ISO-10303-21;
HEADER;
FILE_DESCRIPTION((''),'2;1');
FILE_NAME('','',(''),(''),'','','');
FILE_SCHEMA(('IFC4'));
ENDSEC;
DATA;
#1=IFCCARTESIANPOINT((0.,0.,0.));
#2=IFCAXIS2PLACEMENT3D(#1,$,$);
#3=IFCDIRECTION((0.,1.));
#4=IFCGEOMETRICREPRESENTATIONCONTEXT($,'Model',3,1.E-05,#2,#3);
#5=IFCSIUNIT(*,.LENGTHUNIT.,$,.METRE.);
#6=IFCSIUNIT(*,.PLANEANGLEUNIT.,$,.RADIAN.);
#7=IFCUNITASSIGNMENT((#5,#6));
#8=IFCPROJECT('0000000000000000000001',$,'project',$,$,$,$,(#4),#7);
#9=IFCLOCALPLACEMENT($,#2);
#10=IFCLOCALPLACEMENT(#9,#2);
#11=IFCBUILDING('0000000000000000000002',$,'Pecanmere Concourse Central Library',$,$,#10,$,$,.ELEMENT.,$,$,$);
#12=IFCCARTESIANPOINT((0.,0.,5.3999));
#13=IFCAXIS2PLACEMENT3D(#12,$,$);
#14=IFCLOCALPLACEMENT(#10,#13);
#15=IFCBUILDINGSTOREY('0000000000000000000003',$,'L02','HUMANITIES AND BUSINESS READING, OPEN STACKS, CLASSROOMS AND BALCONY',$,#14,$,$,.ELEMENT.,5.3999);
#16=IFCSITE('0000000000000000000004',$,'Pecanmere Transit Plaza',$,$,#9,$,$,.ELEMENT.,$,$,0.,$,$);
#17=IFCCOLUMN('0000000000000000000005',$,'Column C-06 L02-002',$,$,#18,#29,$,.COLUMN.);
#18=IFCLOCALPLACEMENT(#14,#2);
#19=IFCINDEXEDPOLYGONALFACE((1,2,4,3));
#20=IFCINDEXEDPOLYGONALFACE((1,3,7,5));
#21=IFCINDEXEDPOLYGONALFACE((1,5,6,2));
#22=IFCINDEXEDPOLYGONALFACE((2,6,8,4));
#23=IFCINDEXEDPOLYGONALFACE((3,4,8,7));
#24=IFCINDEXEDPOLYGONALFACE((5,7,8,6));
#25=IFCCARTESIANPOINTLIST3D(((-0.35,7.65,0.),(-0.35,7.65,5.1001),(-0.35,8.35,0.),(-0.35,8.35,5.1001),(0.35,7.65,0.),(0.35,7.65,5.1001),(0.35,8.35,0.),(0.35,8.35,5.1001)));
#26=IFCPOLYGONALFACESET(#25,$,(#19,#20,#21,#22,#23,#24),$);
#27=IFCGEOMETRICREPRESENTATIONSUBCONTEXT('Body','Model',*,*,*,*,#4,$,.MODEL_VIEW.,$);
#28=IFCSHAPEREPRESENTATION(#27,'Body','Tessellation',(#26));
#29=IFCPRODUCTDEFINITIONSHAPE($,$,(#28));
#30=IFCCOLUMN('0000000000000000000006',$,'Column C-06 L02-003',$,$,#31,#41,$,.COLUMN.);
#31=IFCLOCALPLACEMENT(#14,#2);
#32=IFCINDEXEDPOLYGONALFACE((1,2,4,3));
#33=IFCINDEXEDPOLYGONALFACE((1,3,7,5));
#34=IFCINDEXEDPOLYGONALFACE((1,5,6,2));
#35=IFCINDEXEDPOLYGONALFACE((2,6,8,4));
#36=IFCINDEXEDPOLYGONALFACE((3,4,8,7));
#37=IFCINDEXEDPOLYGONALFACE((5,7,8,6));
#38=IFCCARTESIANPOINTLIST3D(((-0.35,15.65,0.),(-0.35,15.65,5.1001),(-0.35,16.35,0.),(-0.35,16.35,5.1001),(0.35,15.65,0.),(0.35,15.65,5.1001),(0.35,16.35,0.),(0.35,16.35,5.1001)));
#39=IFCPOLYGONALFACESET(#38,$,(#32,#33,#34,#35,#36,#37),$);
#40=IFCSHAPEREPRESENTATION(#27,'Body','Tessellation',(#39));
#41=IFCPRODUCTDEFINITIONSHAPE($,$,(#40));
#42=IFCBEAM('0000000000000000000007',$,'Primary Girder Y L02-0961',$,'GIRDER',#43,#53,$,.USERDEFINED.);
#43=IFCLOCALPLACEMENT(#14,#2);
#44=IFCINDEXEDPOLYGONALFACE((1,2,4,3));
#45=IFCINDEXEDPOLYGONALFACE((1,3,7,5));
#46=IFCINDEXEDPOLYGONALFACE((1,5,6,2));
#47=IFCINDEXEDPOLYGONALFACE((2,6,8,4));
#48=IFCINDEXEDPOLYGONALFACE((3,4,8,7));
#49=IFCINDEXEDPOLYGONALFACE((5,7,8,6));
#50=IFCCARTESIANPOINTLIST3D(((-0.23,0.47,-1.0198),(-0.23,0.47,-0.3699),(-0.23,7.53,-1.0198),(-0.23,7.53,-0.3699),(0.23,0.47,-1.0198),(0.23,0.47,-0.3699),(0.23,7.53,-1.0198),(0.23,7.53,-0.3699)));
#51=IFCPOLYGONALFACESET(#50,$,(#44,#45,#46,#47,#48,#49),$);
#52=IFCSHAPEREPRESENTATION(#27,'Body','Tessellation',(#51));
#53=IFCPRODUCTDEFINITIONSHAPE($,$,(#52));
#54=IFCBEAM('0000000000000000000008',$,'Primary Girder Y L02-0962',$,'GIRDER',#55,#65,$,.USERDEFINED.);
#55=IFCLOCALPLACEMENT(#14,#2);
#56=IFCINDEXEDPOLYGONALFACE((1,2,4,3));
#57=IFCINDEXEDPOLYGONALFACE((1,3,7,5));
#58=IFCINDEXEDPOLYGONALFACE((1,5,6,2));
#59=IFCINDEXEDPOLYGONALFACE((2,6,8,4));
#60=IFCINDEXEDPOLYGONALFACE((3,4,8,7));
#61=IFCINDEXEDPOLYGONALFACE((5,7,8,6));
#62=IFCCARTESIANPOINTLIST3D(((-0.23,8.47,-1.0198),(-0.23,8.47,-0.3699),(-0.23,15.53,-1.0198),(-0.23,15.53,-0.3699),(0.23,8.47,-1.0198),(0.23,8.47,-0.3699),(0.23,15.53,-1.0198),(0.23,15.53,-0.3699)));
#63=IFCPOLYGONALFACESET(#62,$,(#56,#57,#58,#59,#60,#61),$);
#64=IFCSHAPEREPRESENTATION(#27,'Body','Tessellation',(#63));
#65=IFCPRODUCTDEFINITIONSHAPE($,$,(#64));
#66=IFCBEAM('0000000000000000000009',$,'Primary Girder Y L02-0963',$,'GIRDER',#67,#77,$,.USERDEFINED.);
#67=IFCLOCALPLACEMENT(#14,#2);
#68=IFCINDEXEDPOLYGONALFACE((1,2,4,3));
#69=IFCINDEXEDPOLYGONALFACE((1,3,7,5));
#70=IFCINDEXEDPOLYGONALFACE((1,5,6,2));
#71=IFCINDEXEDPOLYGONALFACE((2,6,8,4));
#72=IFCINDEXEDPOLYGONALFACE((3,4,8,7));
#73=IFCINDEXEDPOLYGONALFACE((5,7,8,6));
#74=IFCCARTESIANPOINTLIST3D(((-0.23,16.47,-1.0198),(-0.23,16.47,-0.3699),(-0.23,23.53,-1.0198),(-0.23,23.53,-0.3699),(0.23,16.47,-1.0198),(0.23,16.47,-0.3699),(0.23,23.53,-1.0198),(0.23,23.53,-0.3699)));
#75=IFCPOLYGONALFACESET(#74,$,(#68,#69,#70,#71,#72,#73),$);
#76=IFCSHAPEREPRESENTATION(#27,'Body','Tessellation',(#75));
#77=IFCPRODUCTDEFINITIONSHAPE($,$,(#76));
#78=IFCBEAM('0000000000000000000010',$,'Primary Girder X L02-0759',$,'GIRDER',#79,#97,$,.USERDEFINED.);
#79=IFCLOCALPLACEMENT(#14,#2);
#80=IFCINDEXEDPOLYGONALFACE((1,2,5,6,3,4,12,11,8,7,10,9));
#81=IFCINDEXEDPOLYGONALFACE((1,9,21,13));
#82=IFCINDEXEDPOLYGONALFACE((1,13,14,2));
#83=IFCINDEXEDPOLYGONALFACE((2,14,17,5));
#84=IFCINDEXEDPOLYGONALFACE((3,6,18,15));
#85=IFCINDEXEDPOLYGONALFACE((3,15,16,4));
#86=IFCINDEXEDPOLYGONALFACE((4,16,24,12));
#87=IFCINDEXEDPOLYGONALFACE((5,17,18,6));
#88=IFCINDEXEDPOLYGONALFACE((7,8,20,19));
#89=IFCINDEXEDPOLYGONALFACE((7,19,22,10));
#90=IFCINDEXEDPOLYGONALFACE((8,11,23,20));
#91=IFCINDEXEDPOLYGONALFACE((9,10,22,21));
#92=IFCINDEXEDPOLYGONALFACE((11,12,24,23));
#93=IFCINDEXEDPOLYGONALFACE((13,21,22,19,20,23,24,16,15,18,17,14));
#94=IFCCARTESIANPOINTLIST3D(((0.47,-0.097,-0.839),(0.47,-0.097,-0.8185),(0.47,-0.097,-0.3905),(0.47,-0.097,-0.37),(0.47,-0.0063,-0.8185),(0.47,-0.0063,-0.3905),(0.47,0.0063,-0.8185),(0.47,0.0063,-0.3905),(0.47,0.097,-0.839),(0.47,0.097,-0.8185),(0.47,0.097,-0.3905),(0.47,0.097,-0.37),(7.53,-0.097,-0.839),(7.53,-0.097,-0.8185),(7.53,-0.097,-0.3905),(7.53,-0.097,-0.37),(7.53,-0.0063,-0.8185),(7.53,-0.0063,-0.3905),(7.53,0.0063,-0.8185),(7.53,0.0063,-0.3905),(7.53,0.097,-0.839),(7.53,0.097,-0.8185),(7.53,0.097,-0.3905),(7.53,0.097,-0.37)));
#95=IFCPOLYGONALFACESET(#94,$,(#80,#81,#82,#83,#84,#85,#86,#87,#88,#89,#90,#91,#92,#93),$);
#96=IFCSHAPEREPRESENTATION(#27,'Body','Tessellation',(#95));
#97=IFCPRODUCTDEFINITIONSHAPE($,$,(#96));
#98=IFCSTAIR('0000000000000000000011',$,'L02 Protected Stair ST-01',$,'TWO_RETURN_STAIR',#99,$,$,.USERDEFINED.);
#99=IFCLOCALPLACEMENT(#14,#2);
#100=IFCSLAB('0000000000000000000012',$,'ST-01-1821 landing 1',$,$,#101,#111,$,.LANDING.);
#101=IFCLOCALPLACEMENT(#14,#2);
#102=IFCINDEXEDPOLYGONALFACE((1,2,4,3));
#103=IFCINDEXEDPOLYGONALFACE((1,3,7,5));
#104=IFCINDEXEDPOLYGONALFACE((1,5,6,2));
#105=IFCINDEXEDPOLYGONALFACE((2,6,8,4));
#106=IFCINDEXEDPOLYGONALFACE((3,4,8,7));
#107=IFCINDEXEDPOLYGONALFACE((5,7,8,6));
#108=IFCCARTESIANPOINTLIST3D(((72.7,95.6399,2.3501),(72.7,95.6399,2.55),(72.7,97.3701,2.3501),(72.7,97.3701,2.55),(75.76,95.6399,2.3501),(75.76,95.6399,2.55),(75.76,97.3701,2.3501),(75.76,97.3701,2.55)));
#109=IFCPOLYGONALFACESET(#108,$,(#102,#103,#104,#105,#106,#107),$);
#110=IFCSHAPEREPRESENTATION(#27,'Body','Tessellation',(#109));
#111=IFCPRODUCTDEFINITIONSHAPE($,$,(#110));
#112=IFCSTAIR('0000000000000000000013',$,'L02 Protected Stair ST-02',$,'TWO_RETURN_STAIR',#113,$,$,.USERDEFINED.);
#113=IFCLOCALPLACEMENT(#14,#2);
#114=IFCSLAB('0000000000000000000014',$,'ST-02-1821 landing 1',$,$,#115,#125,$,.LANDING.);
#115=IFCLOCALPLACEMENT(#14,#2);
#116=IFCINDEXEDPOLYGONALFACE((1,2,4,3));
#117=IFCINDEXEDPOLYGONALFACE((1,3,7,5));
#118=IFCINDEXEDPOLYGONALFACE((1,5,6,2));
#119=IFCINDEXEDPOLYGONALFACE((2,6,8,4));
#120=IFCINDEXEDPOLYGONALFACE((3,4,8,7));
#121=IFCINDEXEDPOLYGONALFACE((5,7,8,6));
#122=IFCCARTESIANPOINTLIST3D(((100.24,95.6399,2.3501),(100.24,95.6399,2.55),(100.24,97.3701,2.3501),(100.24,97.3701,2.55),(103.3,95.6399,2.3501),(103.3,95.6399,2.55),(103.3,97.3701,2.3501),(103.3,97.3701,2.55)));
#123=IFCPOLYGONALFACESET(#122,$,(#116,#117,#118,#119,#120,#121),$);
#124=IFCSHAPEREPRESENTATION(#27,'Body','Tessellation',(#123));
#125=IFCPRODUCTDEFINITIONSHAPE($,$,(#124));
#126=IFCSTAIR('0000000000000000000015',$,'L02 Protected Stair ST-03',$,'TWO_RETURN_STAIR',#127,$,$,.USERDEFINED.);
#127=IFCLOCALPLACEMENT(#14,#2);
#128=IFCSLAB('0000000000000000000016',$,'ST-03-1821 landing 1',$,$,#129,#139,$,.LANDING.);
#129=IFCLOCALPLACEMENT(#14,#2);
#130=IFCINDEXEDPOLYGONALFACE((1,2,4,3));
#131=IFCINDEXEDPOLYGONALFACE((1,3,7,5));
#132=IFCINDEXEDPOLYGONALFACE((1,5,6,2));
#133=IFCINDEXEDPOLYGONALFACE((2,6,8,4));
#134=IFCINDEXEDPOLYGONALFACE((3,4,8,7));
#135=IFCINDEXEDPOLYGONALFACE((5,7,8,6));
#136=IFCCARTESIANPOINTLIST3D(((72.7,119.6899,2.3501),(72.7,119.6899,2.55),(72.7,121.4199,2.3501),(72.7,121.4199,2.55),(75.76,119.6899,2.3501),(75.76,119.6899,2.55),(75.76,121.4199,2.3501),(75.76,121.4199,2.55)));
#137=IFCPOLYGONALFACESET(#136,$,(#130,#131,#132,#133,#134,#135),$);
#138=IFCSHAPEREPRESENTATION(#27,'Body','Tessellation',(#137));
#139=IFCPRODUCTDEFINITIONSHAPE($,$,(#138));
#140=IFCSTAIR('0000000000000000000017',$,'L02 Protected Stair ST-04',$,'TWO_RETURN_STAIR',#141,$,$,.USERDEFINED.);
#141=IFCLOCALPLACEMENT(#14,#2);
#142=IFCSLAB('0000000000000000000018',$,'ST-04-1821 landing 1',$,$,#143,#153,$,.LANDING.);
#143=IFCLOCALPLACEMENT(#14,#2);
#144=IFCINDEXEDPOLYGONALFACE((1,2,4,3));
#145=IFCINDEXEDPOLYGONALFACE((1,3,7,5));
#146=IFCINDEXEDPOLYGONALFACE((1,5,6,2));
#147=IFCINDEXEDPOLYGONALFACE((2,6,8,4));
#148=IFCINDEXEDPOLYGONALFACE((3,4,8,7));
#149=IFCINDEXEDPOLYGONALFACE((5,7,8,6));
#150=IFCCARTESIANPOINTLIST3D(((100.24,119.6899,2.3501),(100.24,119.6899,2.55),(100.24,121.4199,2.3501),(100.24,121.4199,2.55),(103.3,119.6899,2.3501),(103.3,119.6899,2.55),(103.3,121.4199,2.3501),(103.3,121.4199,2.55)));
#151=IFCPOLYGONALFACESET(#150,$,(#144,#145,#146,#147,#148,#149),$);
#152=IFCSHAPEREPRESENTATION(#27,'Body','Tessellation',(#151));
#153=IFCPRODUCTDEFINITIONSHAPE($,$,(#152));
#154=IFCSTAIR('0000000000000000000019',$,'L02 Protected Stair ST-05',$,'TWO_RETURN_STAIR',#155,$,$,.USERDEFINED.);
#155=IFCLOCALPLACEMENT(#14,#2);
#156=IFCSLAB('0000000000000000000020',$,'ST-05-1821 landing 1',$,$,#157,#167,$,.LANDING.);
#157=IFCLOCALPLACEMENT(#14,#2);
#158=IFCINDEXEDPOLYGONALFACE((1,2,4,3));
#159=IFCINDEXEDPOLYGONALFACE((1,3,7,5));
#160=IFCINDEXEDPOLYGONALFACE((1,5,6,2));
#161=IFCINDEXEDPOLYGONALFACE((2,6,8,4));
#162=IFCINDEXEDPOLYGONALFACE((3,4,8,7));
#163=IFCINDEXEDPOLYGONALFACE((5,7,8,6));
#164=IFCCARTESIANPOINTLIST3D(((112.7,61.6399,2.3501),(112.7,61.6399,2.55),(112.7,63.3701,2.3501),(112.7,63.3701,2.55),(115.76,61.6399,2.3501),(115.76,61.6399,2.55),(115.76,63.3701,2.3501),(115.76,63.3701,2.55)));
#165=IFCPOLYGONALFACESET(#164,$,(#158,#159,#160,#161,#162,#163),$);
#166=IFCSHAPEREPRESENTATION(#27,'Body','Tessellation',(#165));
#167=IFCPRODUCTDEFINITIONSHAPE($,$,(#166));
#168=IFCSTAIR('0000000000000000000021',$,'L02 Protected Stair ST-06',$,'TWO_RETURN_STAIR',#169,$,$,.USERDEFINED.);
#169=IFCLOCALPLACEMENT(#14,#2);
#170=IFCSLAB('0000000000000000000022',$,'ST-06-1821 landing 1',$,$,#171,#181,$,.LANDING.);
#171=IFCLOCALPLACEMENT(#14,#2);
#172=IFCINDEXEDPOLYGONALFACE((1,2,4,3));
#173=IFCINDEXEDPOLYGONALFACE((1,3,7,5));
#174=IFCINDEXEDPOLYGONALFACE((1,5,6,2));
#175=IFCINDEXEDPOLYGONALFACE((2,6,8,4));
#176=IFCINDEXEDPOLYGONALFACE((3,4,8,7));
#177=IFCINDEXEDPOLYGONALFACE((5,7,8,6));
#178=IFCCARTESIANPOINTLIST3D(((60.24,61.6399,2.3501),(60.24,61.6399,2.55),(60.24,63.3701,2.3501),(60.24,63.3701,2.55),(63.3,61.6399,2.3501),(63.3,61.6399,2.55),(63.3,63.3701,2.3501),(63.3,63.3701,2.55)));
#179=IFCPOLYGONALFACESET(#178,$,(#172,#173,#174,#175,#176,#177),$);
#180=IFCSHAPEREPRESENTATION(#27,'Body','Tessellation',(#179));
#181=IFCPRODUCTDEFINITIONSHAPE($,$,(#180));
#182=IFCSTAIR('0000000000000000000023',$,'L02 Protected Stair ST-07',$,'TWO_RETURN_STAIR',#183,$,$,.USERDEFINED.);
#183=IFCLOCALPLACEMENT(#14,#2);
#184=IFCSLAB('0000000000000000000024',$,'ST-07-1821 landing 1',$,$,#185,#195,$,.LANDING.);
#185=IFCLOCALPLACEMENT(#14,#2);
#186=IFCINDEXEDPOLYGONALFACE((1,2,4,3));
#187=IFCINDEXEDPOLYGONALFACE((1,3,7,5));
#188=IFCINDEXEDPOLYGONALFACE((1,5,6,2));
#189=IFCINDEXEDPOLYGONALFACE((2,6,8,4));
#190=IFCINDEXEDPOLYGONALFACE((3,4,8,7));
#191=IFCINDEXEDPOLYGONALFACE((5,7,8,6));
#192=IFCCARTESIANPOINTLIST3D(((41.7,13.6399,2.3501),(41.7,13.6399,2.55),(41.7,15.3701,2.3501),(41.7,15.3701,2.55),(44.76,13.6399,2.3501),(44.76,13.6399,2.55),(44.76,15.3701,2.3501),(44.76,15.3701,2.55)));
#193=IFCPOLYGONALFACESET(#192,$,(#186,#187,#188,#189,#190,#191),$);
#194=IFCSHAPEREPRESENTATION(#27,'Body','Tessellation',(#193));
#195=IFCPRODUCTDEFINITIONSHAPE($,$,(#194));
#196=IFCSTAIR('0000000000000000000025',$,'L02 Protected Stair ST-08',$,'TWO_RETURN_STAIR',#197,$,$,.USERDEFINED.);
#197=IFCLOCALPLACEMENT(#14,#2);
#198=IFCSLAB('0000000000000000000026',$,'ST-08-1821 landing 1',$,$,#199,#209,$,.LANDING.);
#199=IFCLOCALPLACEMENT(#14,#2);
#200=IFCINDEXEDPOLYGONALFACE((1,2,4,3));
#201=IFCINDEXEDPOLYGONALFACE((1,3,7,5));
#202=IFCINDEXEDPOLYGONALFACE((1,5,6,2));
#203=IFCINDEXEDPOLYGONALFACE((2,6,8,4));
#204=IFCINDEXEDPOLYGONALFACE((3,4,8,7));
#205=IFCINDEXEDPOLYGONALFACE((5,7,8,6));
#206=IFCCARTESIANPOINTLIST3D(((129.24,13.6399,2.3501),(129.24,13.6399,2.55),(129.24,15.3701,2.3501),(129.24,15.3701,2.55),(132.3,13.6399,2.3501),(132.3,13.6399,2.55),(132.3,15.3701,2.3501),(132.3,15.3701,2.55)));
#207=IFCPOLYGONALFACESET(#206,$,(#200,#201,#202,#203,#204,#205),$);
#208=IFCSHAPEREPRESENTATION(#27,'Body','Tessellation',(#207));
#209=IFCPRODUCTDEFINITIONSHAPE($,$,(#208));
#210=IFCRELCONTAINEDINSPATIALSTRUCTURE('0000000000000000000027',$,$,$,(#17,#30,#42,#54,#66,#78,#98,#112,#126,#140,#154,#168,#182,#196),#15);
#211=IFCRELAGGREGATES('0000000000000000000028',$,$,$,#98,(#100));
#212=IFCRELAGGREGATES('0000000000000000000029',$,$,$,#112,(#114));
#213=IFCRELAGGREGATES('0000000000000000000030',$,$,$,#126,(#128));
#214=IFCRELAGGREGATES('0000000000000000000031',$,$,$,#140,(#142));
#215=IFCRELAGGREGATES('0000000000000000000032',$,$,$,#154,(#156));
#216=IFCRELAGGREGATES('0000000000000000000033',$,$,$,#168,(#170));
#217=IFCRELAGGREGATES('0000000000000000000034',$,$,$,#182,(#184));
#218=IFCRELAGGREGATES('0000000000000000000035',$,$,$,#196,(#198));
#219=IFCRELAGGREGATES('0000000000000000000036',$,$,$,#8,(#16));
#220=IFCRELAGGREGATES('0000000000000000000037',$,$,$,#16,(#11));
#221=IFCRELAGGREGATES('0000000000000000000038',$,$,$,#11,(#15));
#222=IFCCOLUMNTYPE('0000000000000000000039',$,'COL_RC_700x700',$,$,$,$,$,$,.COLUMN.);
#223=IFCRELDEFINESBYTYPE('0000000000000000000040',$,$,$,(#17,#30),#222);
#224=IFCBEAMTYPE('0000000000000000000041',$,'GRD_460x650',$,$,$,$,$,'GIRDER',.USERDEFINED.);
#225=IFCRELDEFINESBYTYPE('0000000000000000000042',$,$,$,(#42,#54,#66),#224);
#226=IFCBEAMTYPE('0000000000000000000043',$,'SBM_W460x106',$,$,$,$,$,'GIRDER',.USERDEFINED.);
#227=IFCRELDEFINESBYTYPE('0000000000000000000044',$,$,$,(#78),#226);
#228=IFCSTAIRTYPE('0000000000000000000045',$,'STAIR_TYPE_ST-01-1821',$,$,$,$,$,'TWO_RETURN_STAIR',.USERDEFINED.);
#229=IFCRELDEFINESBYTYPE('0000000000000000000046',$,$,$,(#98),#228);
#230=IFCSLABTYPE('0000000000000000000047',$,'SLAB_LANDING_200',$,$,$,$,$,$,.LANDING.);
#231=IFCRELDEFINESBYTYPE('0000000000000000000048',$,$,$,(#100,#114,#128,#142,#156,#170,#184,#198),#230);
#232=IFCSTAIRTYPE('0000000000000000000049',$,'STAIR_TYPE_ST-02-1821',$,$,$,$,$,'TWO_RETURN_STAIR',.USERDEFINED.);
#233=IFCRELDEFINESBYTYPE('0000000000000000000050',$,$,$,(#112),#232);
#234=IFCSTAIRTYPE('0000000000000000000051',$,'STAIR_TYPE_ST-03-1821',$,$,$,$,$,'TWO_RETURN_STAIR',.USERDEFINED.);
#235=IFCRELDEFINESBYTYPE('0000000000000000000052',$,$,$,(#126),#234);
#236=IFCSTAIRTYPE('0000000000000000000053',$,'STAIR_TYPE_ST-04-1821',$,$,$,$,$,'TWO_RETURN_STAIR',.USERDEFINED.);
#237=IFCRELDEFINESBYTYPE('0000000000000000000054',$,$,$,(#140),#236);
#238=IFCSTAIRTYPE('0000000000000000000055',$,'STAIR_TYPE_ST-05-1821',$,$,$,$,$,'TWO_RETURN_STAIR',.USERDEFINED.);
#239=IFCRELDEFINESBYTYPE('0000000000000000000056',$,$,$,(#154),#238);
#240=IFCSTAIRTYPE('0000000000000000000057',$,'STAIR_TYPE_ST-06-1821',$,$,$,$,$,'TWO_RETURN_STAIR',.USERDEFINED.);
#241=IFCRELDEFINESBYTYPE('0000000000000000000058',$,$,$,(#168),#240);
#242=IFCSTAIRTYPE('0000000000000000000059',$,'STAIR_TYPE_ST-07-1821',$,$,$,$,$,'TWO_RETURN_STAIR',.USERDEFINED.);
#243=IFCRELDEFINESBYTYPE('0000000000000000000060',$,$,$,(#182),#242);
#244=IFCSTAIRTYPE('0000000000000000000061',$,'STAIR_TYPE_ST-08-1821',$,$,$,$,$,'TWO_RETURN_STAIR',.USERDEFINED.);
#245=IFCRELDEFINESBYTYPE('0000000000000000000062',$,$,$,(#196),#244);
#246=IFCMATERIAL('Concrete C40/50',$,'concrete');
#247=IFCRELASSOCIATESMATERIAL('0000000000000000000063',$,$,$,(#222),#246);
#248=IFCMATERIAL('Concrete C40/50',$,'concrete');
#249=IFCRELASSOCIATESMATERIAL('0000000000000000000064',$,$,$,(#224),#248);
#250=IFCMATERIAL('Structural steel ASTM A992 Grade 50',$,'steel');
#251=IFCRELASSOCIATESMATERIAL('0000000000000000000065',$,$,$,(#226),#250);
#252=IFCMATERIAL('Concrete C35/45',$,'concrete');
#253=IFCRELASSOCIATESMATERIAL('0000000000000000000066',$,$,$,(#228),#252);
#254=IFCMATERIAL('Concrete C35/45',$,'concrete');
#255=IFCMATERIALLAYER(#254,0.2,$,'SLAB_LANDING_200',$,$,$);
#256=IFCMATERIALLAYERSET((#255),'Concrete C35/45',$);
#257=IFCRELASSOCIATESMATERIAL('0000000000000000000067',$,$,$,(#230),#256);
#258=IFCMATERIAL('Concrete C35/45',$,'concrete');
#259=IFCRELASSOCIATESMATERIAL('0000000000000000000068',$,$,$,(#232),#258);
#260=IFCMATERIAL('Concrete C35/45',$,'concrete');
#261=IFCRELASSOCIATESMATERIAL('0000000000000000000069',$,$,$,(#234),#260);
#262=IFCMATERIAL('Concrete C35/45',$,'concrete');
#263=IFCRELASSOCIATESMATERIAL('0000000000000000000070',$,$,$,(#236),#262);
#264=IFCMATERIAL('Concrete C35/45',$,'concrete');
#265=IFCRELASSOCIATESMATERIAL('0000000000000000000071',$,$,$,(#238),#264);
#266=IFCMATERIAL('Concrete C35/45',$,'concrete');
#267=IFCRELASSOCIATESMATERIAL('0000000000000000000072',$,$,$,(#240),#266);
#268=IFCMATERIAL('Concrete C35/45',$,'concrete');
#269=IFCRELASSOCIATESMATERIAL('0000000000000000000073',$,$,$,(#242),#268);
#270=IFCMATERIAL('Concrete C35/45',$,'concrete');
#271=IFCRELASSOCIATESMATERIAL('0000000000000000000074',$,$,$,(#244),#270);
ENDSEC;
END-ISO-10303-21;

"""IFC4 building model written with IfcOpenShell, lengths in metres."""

from ifc_helpers import new_model, si_unit, direction, frame, origin, origin_2d, place, context, subcontext, project, spatial, polyline, rectangle, i_section, outline, extrude, material, layer, layer_set, material_profile, profile_set, type_object, element, aggregate, save


model = new_model("IFC4")

# Units and contexts
model_context = context("Model", 3, precision=1e-05, world=origin(), true_north=direction((0.0, 1.0)))
body_context = subcontext(model_context, "Body", "Model", "MODEL_VIEW")
ifc_project = project(units=[si_unit("LENGTHUNIT", "METRE"), si_unit("PLANEANGLEUNIT", "RADIAN")], contexts=[model_context])

# Site, building, storey
site_placement = place(None, origin())
site = spatial("IfcSite", under=ifc_project, at=site_placement, Name="Pecanmere Transit Plaza", CompositionType="ELEMENT", RefElevation=0.0)
building_placement = place(site_placement, origin())
building = spatial("IfcBuilding", under=site, at=building_placement, Name="Pecanmere Concourse Central Library", CompositionType="ELEMENT")
storey_placement = place(building_placement, frame((0.0, 0.0, 5.3999)))
storey = spatial("IfcBuildingStorey", under=building, at=storey_placement, Name="L02", Description="HUMANITIES AND BUSINESS READING, OPEN STACKS, CLASSROOMS AND BALCONY", CompositionType="ELEMENT", Elevation=5.3999)

# Columns
ifc_material_1 = material(Name="Concrete C40/50", Category="concrete")
ifc_material_profile_1 = material_profile(ifc_material_1, rectangle(XDim=0.7, YDim=0.7, at=origin_2d()), Name="RC 700x700")
ifc_profile_set_1 = profile_set([ifc_material_profile_1], Name="Concrete C40/50")
column_type = type_object("IfcColumnType", Name="COL_RC_700x700", PredefinedType="COLUMN", material=ifc_profile_set_1)
for number, where, z_axis, x_axis, name in (
    (1, (0.0, 8.0, 0.0), (0.0, 0.0, 1.0), (1.0, 0.0, 0.0), "Column C-06 L02-002"),
    (2, (0.0, 16.0, 0.0), (0.0, 0.0, 1.0), (1.0, 0.0, 0.0), "Column C-06 L02-003"),
):
    element("IfcColumn", number, at=place(storey_placement, frame(where, z_axis=z_axis, x_axis=x_axis)), inside=storey, type_object=column_type, Name=name, PredefinedType="COLUMN", context=body_context, shape_type="SweptSolid", body=[
        extrude(rectangle(XDim=0.7, YDim=0.7, at=origin_2d()), origin(), (0.0, 0.0, 1.0), 5.1001),
    ])

# Beams
ifc_material_2 = material(Name="Concrete C40/50", Category="concrete")
ifc_material_profile_2 = material_profile(ifc_material_2, rectangle(XDim=0.46, YDim=0.6499, at=origin_2d()), Name="RC 460x650")
ifc_profile_set_2 = profile_set([ifc_material_profile_2], Name="Concrete C40/50")
beam_type_1 = type_object("IfcBeamType", Name="GRD_460x650", ElementType="GIRDER", PredefinedType="USERDEFINED", material=ifc_profile_set_2)
for number, where, z_axis, x_axis, name in (
    (3, (0.0, 0.47, -0.6948), (0.0, 1.0, 0.0), (-1.0, 0.0, 0.0), "Primary Girder Y L02-0961"),
    (4, (0.0, 8.47, -0.6948), (0.0, 1.0, 0.0), (-1.0, 0.0, 0.0), "Primary Girder Y L02-0962"),
    (5, (0.0, 16.47, -0.6948), (0.0, 1.0, 0.0), (-1.0, 0.0, 0.0), "Primary Girder Y L02-0963"),
):
    element("IfcBeam", number, at=place(storey_placement, frame(where, z_axis=z_axis, x_axis=x_axis)), inside=storey, type_object=beam_type_1, Name=name, ObjectType="GIRDER", PredefinedType="USERDEFINED", context=body_context, shape_type="SweptSolid", body=[
        extrude(rectangle(XDim=0.46, YDim=0.6499, at=origin_2d()), origin(), (0.0, 0.0, 1.0), 7.0601),
    ])
ifc_material_3 = material(Name="Structural steel ASTM A992 Grade 50", Category="steel")
ifc_material_profile_3 = material_profile(ifc_material_3, i_section(OverallWidth=0.1941, OverallDepth=0.469, WebThickness=0.0127, FlangeThickness=0.0205, at=origin_2d()), Name="W460x106")
ifc_profile_set_3 = profile_set([ifc_material_profile_3], Name="Structural steel ASTM A992 Grade 50")
beam_type_2 = type_object("IfcBeamType", Name="SBM_W460x106", ElementType="GIRDER", PredefinedType="USERDEFINED", material=ifc_profile_set_3)
beam_placement = place(storey_placement, frame((0.47, 0.0, -0.6045), z_axis=(1.0, 0.0, 0.0), x_axis=(0.0, 1.0, 0.0)))
element("IfcBeam", 6, at=beam_placement, inside=storey, type_object=beam_type_2, Name="Primary Girder X L02-0759", ObjectType="GIRDER", PredefinedType="USERDEFINED", context=body_context, shape_type="SweptSolid", body=[
    extrude(i_section(OverallWidth=0.1941, OverallDepth=0.469, WebThickness=0.0127, FlangeThickness=0.0205, at=origin_2d()), origin(), (0.0, 0.0, 1.0), 7.0601),
])

# Stairs, slabs
ifc_material_4 = material(Name="Concrete C35/45", Category="concrete")
stair_type_1 = type_object("IfcStairType", Name="STAIR_TYPE_ST-01-1821", ElementType="TWO_RETURN_STAIR", PredefinedType="USERDEFINED", material=ifc_material_4)
stair_1_placement = place(storey_placement, origin())
stair_1 = element("IfcStair", 7, at=stair_1_placement, inside=storey, type_object=stair_type_1, Name="L02 Protected Stair ST-01", ObjectType="TWO_RETURN_STAIR", PredefinedType="USERDEFINED")
ifc_material_5 = material(Name="Concrete C35/45", Category="concrete")
ifc_layer_1 = layer(ifc_material_5, 0.2, Name="SLAB_LANDING_200")
ifc_layer_set_1 = layer_set([ifc_layer_1], Name="Concrete C35/45")
slab_type_1 = type_object("IfcSlabType", Name="SLAB_LANDING_200", PredefinedType="LANDING", material=ifc_layer_set_1)
slab_1_placement = place(storey_placement, frame((0.0, 0.0, 2.3501)))
slab_1 = element("IfcSlab", 8, at=slab_1_placement, type_object=slab_type_1, Name="ST-01-1821 landing 1", PredefinedType="LANDING", context=body_context, shape_type="SweptSolid", body=[
    extrude(outline(polyline([(75.76, 95.6399), (75.76, 97.3701), (72.7, 97.3701), (72.7, 95.6399), (75.76, 95.6399)])), origin(), (0.0, 0.0, 1.0), 0.2),
])
aggregate(stair_1, [slab_1])
ifc_material_6 = material(Name="Concrete C35/45", Category="concrete")
stair_type_2 = type_object("IfcStairType", Name="STAIR_TYPE_ST-02-1821", ElementType="TWO_RETURN_STAIR", PredefinedType="USERDEFINED", material=ifc_material_6)
stair_2_placement = place(storey_placement, origin())
stair_2 = element("IfcStair", 9, at=stair_2_placement, inside=storey, type_object=stair_type_2, Name="L02 Protected Stair ST-02", ObjectType="TWO_RETURN_STAIR", PredefinedType="USERDEFINED")
slab_2_placement = place(storey_placement, frame((0.0, 0.0, 2.3501)))
slab_2 = element("IfcSlab", 10, at=slab_2_placement, type_object=slab_type_1, Name="ST-02-1821 landing 1", PredefinedType="LANDING", context=body_context, shape_type="SweptSolid", body=[
    extrude(outline(polyline([(103.3, 95.6399), (103.3, 97.3701), (100.24, 97.3701), (100.24, 95.6399), (103.3, 95.6399)])), origin(), (0.0, 0.0, 1.0), 0.2),
])
aggregate(stair_2, [slab_2])
ifc_material_7 = material(Name="Concrete C35/45", Category="concrete")
stair_type_3 = type_object("IfcStairType", Name="STAIR_TYPE_ST-03-1821", ElementType="TWO_RETURN_STAIR", PredefinedType="USERDEFINED", material=ifc_material_7)
stair_3_placement = place(storey_placement, origin())
stair_3 = element("IfcStair", 11, at=stair_3_placement, inside=storey, type_object=stair_type_3, Name="L02 Protected Stair ST-03", ObjectType="TWO_RETURN_STAIR", PredefinedType="USERDEFINED")
slab_3_placement = place(storey_placement, frame((0.0, 0.0, 2.3501)))
slab_3 = element("IfcSlab", 12, at=slab_3_placement, type_object=slab_type_1, Name="ST-03-1821 landing 1", PredefinedType="LANDING", context=body_context, shape_type="SweptSolid", body=[
    extrude(outline(polyline([(75.76, 119.6899), (75.76, 121.4199), (72.7, 121.4199), (72.7, 119.6899), (75.76, 119.6899)])), origin(), (0.0, 0.0, 1.0), 0.2),
])
aggregate(stair_3, [slab_3])
ifc_material_8 = material(Name="Concrete C35/45", Category="concrete")
stair_type_4 = type_object("IfcStairType", Name="STAIR_TYPE_ST-04-1821", ElementType="TWO_RETURN_STAIR", PredefinedType="USERDEFINED", material=ifc_material_8)
stair_4_placement = place(storey_placement, origin())
stair_4 = element("IfcStair", 13, at=stair_4_placement, inside=storey, type_object=stair_type_4, Name="L02 Protected Stair ST-04", ObjectType="TWO_RETURN_STAIR", PredefinedType="USERDEFINED")
slab_4_placement = place(storey_placement, frame((0.0, 0.0, 2.3501)))
slab_4 = element("IfcSlab", 14, at=slab_4_placement, type_object=slab_type_1, Name="ST-04-1821 landing 1", PredefinedType="LANDING", context=body_context, shape_type="SweptSolid", body=[
    extrude(outline(polyline([(103.3, 119.6899), (103.3, 121.4199), (100.24, 121.4199), (100.24, 119.6899), (103.3, 119.6899)])), origin(), (0.0, 0.0, 1.0), 0.2),
])
aggregate(stair_4, [slab_4])
ifc_material_9 = material(Name="Concrete C35/45", Category="concrete")
stair_type_5 = type_object("IfcStairType", Name="STAIR_TYPE_ST-05-1821", ElementType="TWO_RETURN_STAIR", PredefinedType="USERDEFINED", material=ifc_material_9)
stair_5_placement = place(storey_placement, origin())
stair_5 = element("IfcStair", 15, at=stair_5_placement, inside=storey, type_object=stair_type_5, Name="L02 Protected Stair ST-05", ObjectType="TWO_RETURN_STAIR", PredefinedType="USERDEFINED")
slab_5_placement = place(storey_placement, frame((0.0, 0.0, 2.3501)))
slab_5 = element("IfcSlab", 16, at=slab_5_placement, type_object=slab_type_1, Name="ST-05-1821 landing 1", PredefinedType="LANDING", context=body_context, shape_type="SweptSolid", body=[
    extrude(outline(polyline([(115.76, 61.6399), (115.76, 63.3701), (112.7, 63.3701), (112.7, 61.6399), (115.76, 61.6399)])), origin(), (0.0, 0.0, 1.0), 0.2),
])
aggregate(stair_5, [slab_5])
ifc_material_10 = material(Name="Concrete C35/45", Category="concrete")
stair_type_6 = type_object("IfcStairType", Name="STAIR_TYPE_ST-06-1821", ElementType="TWO_RETURN_STAIR", PredefinedType="USERDEFINED", material=ifc_material_10)
stair_6_placement = place(storey_placement, origin())
stair_6 = element("IfcStair", 17, at=stair_6_placement, inside=storey, type_object=stair_type_6, Name="L02 Protected Stair ST-06", ObjectType="TWO_RETURN_STAIR", PredefinedType="USERDEFINED")
slab_6_placement = place(storey_placement, frame((0.0, 0.0, 2.3501)))
slab_6 = element("IfcSlab", 18, at=slab_6_placement, type_object=slab_type_1, Name="ST-06-1821 landing 1", PredefinedType="LANDING", context=body_context, shape_type="SweptSolid", body=[
    extrude(outline(polyline([(63.3, 61.6399), (63.3, 63.3701), (60.24, 63.3701), (60.24, 61.6399), (63.3, 61.6399)])), origin(), (0.0, 0.0, 1.0), 0.2),
])
aggregate(stair_6, [slab_6])
ifc_material_11 = material(Name="Concrete C35/45", Category="concrete")
stair_type_7 = type_object("IfcStairType", Name="STAIR_TYPE_ST-07-1821", ElementType="TWO_RETURN_STAIR", PredefinedType="USERDEFINED", material=ifc_material_11)
stair_7_placement = place(storey_placement, origin())
stair_7 = element("IfcStair", 19, at=stair_7_placement, inside=storey, type_object=stair_type_7, Name="L02 Protected Stair ST-07", ObjectType="TWO_RETURN_STAIR", PredefinedType="USERDEFINED")
slab_7_placement = place(storey_placement, frame((0.0, 0.0, 2.3501)))
slab_7 = element("IfcSlab", 20, at=slab_7_placement, type_object=slab_type_1, Name="ST-07-1821 landing 1", PredefinedType="LANDING", context=body_context, shape_type="SweptSolid", body=[
    extrude(outline(polyline([(44.76, 13.6399), (44.76, 15.3701), (41.7, 15.3701), (41.7, 13.6399), (44.76, 13.6399)])), origin(), (0.0, 0.0, 1.0), 0.2),
])
aggregate(stair_7, [slab_7])
ifc_material_12 = material(Name="Concrete C35/45", Category="concrete")
stair_type_8 = type_object("IfcStairType", Name="STAIR_TYPE_ST-08-1821", ElementType="TWO_RETURN_STAIR", PredefinedType="USERDEFINED", material=ifc_material_12)
stair_8_placement = place(storey_placement, origin())
stair_8 = element("IfcStair", 21, at=stair_8_placement, inside=storey, type_object=stair_type_8, Name="L02 Protected Stair ST-08", ObjectType="TWO_RETURN_STAIR", PredefinedType="USERDEFINED")
slab_8_placement = place(storey_placement, frame((0.0, 0.0, 2.3501)))
slab_8 = element("IfcSlab", 22, at=slab_8_placement, type_object=slab_type_1, Name="ST-08-1821 landing 1", PredefinedType="LANDING", context=body_context, shape_type="SweptSolid", body=[
    extrude(outline(polyline([(132.3, 13.6399), (132.3, 15.3701), (129.24, 15.3701), (129.24, 13.6399), (132.3, 13.6399)])), origin(), (0.0, 0.0, 1.0), 0.2),
])
aggregate(stair_8, [slab_8])

save(model, "model.ifc")
